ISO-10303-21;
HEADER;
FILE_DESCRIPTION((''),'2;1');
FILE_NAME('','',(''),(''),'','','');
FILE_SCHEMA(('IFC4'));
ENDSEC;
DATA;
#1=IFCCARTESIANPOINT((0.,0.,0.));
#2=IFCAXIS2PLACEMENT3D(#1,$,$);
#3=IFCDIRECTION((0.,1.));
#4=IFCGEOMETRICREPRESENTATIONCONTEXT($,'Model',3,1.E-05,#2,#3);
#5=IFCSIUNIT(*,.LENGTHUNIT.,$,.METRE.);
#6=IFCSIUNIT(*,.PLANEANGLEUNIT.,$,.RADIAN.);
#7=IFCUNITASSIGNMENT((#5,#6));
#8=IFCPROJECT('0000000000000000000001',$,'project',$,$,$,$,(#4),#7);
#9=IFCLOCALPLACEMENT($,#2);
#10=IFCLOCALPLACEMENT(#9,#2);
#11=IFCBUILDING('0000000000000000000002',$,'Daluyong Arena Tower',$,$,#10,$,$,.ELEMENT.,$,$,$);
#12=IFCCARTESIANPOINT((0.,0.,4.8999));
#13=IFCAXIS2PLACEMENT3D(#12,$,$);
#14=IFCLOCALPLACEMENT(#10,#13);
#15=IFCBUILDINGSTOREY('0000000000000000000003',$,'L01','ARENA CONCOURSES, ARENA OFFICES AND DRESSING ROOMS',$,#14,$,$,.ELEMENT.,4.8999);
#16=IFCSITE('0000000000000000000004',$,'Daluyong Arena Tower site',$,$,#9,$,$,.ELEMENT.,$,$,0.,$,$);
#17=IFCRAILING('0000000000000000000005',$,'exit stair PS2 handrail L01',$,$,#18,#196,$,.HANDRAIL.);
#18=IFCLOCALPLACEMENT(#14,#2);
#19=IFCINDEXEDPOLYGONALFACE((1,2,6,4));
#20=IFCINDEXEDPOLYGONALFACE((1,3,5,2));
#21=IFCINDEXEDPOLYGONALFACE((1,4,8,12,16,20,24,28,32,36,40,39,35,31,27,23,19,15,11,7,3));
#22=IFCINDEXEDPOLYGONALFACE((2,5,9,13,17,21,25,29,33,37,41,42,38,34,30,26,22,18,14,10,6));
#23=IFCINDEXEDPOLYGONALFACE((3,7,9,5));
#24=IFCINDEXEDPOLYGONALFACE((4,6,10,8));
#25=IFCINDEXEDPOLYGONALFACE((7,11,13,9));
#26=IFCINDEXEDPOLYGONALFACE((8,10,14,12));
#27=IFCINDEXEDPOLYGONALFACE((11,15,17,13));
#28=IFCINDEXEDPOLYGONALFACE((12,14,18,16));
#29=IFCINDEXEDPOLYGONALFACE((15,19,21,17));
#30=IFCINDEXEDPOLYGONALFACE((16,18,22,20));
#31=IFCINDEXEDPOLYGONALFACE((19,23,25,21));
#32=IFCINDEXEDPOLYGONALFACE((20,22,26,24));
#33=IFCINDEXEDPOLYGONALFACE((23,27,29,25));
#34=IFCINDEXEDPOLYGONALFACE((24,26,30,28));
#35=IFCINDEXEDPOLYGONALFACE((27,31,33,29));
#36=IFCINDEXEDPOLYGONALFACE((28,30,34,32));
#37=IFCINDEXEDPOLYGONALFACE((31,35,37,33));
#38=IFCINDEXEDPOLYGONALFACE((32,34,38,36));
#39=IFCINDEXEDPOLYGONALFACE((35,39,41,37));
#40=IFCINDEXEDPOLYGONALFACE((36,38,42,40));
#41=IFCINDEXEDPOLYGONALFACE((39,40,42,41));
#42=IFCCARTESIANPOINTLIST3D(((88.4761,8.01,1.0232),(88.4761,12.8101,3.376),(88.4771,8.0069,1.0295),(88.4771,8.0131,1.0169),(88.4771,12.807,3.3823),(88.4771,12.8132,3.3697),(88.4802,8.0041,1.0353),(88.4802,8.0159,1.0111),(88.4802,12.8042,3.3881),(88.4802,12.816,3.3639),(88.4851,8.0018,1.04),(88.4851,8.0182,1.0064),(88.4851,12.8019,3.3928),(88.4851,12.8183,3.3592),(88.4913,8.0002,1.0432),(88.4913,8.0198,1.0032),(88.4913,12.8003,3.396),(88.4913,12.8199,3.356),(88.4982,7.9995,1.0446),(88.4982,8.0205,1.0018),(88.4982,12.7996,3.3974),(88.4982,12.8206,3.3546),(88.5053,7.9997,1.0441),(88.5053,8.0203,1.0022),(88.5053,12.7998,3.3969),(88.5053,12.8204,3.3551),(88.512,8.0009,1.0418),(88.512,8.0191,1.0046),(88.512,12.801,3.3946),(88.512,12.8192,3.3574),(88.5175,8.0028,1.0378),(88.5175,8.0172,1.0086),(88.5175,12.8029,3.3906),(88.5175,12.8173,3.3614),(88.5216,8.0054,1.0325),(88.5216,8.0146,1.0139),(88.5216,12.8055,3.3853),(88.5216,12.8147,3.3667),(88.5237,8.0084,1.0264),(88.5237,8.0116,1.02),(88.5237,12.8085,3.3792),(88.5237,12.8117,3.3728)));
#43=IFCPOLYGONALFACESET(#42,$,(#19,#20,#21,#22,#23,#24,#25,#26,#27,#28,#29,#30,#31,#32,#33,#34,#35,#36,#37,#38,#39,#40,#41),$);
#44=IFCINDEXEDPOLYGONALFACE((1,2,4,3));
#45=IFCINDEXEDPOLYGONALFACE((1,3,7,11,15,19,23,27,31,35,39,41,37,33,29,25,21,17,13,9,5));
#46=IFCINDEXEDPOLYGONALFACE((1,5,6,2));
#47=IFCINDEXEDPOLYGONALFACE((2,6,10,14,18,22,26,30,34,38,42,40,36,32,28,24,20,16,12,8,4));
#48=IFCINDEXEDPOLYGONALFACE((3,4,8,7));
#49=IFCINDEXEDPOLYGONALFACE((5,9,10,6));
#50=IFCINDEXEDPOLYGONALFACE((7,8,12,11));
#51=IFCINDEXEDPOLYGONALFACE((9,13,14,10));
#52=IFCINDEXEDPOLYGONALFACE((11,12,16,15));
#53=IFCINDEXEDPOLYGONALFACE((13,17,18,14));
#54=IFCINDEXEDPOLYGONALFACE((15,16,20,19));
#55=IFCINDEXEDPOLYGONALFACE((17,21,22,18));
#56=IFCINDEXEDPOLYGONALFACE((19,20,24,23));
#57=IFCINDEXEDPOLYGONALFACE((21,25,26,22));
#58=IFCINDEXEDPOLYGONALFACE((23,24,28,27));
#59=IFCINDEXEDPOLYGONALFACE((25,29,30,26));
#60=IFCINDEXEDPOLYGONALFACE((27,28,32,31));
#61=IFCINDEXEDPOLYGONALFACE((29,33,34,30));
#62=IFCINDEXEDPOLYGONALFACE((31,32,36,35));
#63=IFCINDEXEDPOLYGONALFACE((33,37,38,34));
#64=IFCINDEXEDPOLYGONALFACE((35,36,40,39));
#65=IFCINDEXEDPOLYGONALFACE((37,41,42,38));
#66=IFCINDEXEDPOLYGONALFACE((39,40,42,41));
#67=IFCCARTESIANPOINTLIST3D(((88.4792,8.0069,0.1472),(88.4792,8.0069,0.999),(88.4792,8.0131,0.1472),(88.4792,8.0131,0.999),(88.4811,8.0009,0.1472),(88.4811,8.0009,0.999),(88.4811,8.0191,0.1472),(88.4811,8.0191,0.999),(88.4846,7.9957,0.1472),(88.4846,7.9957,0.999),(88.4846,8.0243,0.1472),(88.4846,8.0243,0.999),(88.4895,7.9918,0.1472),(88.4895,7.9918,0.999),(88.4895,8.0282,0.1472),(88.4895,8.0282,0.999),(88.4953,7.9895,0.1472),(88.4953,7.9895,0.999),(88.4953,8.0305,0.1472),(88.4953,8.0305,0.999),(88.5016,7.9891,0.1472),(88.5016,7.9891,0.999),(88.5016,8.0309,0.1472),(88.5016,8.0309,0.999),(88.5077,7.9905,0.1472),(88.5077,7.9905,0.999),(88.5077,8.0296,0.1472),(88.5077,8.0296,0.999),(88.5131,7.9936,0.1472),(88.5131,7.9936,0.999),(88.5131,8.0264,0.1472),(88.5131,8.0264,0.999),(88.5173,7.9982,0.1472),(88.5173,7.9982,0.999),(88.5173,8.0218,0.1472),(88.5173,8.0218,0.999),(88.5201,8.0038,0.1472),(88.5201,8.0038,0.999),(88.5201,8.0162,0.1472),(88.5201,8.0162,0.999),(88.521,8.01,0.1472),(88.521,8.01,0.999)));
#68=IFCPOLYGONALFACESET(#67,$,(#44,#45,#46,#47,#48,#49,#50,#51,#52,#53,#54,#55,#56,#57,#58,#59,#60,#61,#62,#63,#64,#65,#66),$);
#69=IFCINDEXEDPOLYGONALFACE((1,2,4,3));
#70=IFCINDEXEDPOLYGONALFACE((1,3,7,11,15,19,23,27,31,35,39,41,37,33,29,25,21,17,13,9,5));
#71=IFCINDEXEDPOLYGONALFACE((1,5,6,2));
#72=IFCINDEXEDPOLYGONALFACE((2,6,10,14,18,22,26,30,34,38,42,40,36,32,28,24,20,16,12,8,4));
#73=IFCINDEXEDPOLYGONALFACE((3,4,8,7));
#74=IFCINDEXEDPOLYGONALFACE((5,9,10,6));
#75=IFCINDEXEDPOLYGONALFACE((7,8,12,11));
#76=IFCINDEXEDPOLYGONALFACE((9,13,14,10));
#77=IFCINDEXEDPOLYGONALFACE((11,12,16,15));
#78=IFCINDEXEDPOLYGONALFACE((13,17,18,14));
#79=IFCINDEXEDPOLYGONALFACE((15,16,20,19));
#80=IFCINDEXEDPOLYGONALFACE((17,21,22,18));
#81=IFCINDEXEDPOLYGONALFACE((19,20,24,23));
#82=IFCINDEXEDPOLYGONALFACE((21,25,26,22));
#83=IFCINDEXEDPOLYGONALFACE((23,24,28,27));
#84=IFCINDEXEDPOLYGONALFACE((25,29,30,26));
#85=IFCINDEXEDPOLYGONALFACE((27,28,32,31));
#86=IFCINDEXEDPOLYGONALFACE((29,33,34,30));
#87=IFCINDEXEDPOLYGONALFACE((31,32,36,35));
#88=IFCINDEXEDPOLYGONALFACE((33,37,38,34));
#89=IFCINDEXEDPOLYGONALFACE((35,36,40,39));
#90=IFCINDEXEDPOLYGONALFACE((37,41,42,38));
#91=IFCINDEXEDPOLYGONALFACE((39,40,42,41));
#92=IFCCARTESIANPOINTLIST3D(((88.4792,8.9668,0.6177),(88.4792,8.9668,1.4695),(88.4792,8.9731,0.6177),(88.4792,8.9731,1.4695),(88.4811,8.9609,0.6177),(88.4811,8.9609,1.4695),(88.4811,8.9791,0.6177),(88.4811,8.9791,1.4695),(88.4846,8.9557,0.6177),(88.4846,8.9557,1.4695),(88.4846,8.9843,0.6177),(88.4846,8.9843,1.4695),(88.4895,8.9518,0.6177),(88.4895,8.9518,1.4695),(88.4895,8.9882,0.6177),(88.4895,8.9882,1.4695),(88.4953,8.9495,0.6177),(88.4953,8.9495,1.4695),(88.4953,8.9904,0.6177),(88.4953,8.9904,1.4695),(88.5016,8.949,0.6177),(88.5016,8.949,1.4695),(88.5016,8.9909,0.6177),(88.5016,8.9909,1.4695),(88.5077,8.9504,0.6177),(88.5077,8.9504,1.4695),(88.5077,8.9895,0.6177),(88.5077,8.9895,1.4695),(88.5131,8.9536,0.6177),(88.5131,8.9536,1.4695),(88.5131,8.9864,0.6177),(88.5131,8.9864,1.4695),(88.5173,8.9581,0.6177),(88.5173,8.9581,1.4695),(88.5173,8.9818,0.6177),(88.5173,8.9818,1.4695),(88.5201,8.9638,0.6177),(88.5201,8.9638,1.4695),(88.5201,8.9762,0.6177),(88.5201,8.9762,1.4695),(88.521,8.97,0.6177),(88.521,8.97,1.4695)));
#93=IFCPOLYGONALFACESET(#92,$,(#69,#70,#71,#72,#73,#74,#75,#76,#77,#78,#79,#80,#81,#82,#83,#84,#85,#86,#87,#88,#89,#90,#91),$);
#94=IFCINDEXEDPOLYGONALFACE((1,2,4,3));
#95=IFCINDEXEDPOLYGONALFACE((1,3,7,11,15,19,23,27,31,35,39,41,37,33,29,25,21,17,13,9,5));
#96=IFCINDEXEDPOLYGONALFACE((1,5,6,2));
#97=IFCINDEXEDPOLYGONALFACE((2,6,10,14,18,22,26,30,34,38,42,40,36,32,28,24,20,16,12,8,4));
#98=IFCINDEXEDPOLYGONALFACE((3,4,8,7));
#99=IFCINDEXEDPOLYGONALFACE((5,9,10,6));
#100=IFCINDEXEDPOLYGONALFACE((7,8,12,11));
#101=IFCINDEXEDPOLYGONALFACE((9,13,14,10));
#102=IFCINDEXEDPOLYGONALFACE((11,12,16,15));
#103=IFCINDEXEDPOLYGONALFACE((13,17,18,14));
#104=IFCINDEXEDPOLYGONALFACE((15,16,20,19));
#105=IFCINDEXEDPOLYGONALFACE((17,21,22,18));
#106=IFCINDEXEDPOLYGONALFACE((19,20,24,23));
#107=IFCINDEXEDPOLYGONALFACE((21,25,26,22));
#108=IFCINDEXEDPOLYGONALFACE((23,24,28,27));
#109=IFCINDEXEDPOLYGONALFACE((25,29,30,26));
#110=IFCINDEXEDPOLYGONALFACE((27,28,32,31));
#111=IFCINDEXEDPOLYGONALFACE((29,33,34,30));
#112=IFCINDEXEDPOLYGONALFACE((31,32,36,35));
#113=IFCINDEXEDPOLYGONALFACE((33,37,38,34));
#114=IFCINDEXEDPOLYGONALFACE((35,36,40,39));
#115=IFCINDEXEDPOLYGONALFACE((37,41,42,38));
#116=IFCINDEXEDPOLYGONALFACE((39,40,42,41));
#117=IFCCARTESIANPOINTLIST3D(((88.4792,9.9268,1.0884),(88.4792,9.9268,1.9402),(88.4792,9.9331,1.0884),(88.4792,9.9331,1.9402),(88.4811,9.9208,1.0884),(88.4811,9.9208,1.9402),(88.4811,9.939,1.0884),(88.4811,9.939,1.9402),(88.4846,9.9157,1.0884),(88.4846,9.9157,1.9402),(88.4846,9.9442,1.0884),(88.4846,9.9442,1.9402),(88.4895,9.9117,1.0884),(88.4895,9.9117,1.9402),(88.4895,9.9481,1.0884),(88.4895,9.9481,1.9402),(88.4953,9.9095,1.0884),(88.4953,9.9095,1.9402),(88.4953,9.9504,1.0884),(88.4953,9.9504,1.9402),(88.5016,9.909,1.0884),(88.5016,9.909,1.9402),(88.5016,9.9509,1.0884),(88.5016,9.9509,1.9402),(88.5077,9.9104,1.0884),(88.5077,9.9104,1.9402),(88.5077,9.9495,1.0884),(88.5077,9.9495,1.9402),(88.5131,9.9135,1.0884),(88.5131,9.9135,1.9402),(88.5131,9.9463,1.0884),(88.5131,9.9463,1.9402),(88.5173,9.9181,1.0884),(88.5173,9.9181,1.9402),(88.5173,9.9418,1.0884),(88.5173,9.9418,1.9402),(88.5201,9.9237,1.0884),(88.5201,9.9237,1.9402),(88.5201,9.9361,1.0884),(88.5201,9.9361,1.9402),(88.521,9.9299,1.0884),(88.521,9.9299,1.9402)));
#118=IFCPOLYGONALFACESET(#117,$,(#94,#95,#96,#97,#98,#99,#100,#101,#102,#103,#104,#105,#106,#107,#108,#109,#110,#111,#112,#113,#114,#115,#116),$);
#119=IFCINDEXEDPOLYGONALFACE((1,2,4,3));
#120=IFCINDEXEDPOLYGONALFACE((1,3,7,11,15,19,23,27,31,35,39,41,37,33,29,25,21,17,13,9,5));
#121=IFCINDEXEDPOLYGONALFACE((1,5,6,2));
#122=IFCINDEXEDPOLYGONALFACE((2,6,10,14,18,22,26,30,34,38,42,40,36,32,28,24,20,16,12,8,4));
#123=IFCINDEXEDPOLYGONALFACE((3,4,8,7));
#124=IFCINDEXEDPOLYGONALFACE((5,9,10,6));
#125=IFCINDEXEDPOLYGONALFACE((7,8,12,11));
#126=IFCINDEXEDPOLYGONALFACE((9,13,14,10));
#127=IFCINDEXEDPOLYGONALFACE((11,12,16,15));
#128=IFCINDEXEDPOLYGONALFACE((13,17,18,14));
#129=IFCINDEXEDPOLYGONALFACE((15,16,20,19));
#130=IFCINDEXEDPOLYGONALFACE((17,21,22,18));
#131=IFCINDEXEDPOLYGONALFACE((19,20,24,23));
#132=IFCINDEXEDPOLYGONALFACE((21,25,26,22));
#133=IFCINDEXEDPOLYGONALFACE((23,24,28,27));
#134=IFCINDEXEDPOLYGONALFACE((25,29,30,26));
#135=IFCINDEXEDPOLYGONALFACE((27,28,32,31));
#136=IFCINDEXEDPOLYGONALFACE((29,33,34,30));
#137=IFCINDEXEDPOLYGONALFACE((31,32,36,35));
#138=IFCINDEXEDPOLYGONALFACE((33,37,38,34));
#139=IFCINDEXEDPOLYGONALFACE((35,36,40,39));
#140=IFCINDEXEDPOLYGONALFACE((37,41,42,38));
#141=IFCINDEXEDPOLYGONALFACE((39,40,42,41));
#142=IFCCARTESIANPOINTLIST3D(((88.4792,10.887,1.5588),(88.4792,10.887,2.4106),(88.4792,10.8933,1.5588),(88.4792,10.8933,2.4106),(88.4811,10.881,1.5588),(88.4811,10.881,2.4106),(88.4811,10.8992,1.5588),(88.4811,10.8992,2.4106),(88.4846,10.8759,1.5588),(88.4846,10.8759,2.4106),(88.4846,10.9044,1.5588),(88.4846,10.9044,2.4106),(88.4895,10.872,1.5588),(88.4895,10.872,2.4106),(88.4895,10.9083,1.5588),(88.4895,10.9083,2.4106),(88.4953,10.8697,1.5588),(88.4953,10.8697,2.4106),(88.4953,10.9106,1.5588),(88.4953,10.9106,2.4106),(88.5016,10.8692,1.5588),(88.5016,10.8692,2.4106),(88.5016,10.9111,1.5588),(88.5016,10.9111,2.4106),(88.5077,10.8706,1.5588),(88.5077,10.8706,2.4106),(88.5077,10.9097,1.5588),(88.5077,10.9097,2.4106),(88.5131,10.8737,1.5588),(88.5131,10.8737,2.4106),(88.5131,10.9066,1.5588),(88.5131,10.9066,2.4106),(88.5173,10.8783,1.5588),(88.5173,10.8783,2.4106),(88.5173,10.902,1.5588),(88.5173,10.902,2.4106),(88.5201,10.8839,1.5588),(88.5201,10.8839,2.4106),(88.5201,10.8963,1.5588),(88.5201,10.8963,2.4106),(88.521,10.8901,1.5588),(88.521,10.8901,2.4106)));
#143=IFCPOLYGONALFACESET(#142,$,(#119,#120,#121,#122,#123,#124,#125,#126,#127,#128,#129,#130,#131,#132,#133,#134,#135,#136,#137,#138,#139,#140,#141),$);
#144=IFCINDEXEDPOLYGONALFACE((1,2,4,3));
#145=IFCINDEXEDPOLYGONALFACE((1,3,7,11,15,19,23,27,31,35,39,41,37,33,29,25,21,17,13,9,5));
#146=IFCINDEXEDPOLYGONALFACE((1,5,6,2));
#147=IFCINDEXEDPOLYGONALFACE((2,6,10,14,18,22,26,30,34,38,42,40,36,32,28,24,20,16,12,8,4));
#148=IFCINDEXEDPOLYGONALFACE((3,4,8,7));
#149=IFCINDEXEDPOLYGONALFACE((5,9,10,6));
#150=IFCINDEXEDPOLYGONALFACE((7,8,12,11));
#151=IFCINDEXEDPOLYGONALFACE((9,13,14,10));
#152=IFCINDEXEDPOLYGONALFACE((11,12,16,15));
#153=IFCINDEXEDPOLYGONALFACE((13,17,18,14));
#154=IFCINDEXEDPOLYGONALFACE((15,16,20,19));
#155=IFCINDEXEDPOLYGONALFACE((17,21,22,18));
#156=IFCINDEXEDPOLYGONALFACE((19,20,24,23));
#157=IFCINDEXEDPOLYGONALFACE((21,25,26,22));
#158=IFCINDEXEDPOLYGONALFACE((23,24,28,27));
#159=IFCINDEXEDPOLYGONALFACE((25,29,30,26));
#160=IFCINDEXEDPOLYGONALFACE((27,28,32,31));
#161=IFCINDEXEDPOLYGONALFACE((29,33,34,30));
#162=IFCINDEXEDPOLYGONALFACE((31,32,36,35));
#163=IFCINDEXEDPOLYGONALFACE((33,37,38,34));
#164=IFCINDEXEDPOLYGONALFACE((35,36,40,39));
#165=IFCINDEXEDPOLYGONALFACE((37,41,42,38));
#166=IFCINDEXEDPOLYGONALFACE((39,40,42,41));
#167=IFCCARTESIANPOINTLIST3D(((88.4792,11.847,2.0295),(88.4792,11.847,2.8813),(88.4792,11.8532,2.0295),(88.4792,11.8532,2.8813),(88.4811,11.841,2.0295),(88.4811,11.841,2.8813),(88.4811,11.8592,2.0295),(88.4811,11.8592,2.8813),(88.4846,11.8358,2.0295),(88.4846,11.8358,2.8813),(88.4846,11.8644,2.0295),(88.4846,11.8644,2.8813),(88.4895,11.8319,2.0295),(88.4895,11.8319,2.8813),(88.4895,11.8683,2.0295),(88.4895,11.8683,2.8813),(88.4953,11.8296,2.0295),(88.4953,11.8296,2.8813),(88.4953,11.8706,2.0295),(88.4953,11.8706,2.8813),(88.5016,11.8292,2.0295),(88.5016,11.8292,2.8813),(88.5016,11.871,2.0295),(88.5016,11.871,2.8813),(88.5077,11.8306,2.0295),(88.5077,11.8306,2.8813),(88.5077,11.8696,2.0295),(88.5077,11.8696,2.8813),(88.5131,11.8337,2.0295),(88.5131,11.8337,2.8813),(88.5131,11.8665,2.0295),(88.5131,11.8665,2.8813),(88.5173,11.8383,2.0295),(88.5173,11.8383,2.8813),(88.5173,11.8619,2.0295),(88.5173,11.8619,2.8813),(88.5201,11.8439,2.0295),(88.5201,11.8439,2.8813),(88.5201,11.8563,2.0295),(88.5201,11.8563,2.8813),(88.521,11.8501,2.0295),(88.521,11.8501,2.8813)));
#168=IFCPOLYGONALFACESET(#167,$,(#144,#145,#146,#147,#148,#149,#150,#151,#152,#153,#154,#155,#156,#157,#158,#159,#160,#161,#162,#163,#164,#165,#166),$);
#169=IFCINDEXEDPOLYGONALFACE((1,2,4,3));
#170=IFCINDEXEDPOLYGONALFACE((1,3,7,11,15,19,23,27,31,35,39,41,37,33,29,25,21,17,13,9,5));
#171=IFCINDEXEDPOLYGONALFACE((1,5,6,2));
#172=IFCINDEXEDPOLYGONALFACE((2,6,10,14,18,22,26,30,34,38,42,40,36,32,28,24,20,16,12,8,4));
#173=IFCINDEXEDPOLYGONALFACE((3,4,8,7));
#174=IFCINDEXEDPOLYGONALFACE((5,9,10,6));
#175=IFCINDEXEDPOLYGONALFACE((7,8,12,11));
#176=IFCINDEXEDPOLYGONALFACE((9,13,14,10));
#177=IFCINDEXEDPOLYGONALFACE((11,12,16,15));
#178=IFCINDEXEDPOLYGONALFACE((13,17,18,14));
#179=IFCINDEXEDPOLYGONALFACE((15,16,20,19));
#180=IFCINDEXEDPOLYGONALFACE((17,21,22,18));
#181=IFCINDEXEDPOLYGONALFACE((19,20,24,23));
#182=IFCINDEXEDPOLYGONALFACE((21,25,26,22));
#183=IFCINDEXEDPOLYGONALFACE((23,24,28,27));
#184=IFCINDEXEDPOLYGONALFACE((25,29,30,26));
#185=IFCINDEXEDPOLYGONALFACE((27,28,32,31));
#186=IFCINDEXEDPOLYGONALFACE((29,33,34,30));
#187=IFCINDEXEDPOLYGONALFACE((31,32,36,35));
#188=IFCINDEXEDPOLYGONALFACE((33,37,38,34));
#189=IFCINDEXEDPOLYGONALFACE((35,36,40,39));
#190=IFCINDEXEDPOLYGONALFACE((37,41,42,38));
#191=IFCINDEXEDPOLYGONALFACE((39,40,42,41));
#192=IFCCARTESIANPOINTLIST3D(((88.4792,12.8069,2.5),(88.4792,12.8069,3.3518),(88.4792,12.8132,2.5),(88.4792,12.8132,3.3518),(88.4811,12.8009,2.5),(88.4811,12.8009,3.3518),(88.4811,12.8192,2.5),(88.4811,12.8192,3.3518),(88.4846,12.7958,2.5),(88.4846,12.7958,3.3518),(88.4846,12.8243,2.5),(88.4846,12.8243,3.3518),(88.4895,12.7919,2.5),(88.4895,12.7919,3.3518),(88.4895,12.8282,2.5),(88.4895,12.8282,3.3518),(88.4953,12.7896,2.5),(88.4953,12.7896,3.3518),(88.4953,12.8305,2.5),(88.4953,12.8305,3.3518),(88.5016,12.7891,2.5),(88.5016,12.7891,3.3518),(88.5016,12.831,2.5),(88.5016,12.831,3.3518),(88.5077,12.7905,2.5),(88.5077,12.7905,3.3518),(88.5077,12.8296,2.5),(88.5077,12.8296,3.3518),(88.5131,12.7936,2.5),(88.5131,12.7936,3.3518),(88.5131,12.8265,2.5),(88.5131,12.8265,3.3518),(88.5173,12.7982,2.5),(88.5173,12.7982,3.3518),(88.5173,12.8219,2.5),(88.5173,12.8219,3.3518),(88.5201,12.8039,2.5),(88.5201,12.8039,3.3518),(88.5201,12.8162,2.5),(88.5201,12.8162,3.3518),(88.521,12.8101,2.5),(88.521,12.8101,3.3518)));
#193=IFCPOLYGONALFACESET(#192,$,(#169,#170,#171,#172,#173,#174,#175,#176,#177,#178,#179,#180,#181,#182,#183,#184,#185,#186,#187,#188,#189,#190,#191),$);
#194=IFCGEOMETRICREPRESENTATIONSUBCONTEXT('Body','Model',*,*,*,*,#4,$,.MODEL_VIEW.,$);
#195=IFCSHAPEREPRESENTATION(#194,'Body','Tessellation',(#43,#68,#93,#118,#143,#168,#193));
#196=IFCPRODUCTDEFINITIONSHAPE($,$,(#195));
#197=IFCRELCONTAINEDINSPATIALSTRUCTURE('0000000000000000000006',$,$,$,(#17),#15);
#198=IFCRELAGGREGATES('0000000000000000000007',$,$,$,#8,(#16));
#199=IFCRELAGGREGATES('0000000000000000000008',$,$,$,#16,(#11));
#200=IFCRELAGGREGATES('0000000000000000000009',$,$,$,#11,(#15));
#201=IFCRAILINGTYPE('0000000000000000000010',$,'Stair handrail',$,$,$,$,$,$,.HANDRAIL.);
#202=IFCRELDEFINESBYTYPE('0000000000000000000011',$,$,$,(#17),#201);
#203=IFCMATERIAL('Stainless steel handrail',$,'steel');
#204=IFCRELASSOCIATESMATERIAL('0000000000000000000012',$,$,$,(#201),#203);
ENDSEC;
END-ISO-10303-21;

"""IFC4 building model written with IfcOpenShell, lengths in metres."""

from ifc_helpers import new_model, si_unit, direction, frame, origin, origin_2d, place, context, subcontext, project, spatial, circle, extrude, material, type_object, element, save


model = new_model("IFC4")

# Units and contexts
model_context = context("Model", 3, precision=1e-05, world=origin(), true_north=direction((0.0, 1.0)))
body_context = subcontext(model_context, "Body", "Model", "MODEL_VIEW")
ifc_project = project(units=[si_unit("LENGTHUNIT", "METRE"), si_unit("PLANEANGLEUNIT", "RADIAN")], contexts=[model_context])

# Site, building, storey
site_placement = place(None, origin())
site = spatial("IfcSite", under=ifc_project, at=site_placement, Name="Daluyong Arena Tower site", CompositionType="ELEMENT", RefElevation=0.0)
building_placement = place(site_placement, origin())
building = spatial("IfcBuilding", under=site, at=building_placement, Name="Daluyong Arena Tower", CompositionType="ELEMENT")
storey_placement = place(building_placement, frame((0.0, 0.0, 4.8999)))
storey = spatial("IfcBuildingStorey", under=building, at=storey_placement, Name="L01", Description="ARENA CONCOURSES, ARENA OFFICES AND DRESSING ROOMS", CompositionType="ELEMENT", Elevation=4.8999)

# Railing
ifc_material_1 = material(Name="Stainless steel handrail", Category="steel")
railing_type_1 = type_object("IfcRailingType", Name="Stair handrail", PredefinedType="HANDRAIL", material=ifc_material_1)
railing_1_placement = place(storey_placement, frame((88.5, 8.01, 0.1472)))
element("IfcRailing", 1, at=railing_1_placement, inside=storey, type_object=railing_type_1, Name="exit stair PS2 handrail L01", PredefinedType="HANDRAIL", context=body_context, shape_type="SweptSolid", body=[
    extrude(circle(Radius=0.0239, at=origin_2d()), frame((0.0, 0.0, 0.876), z_axis=(0.0, 0.897934, 0.44013), x_axis=(-1.0, 0.0, 0.0)), (0.0, 0.0, 1.0), 5.3457),
    extrude(circle(Radius=0.021, at=origin_2d()), origin(), (0.0, 0.0, 1.0), 0.8518),
    extrude(circle(Radius=0.021, at=origin_2d()), frame((0.0, 0.96, 0.4705)), (0.0, 0.0, 1.0), 0.8518),
    extrude(circle(Radius=0.021, at=origin_2d()), frame((0.0, 1.9199, 0.9412)), (0.0, 0.0, 1.0), 0.8518),
    extrude(circle(Radius=0.021, at=origin_2d()), frame((0.0, 2.8801, 1.4116)), (0.0, 0.0, 1.0), 0.8518),
    extrude(circle(Radius=0.021, at=origin_2d()), frame((0.0, 3.8401, 1.8823)), (0.0, 0.0, 1.0), 0.8518),
    extrude(circle(Radius=0.021, at=origin_2d()), frame((0.0, 4.8, 2.3528)), (0.0, 0.0, 1.0), 0.8518),
])

save(model, "model.ifc")
